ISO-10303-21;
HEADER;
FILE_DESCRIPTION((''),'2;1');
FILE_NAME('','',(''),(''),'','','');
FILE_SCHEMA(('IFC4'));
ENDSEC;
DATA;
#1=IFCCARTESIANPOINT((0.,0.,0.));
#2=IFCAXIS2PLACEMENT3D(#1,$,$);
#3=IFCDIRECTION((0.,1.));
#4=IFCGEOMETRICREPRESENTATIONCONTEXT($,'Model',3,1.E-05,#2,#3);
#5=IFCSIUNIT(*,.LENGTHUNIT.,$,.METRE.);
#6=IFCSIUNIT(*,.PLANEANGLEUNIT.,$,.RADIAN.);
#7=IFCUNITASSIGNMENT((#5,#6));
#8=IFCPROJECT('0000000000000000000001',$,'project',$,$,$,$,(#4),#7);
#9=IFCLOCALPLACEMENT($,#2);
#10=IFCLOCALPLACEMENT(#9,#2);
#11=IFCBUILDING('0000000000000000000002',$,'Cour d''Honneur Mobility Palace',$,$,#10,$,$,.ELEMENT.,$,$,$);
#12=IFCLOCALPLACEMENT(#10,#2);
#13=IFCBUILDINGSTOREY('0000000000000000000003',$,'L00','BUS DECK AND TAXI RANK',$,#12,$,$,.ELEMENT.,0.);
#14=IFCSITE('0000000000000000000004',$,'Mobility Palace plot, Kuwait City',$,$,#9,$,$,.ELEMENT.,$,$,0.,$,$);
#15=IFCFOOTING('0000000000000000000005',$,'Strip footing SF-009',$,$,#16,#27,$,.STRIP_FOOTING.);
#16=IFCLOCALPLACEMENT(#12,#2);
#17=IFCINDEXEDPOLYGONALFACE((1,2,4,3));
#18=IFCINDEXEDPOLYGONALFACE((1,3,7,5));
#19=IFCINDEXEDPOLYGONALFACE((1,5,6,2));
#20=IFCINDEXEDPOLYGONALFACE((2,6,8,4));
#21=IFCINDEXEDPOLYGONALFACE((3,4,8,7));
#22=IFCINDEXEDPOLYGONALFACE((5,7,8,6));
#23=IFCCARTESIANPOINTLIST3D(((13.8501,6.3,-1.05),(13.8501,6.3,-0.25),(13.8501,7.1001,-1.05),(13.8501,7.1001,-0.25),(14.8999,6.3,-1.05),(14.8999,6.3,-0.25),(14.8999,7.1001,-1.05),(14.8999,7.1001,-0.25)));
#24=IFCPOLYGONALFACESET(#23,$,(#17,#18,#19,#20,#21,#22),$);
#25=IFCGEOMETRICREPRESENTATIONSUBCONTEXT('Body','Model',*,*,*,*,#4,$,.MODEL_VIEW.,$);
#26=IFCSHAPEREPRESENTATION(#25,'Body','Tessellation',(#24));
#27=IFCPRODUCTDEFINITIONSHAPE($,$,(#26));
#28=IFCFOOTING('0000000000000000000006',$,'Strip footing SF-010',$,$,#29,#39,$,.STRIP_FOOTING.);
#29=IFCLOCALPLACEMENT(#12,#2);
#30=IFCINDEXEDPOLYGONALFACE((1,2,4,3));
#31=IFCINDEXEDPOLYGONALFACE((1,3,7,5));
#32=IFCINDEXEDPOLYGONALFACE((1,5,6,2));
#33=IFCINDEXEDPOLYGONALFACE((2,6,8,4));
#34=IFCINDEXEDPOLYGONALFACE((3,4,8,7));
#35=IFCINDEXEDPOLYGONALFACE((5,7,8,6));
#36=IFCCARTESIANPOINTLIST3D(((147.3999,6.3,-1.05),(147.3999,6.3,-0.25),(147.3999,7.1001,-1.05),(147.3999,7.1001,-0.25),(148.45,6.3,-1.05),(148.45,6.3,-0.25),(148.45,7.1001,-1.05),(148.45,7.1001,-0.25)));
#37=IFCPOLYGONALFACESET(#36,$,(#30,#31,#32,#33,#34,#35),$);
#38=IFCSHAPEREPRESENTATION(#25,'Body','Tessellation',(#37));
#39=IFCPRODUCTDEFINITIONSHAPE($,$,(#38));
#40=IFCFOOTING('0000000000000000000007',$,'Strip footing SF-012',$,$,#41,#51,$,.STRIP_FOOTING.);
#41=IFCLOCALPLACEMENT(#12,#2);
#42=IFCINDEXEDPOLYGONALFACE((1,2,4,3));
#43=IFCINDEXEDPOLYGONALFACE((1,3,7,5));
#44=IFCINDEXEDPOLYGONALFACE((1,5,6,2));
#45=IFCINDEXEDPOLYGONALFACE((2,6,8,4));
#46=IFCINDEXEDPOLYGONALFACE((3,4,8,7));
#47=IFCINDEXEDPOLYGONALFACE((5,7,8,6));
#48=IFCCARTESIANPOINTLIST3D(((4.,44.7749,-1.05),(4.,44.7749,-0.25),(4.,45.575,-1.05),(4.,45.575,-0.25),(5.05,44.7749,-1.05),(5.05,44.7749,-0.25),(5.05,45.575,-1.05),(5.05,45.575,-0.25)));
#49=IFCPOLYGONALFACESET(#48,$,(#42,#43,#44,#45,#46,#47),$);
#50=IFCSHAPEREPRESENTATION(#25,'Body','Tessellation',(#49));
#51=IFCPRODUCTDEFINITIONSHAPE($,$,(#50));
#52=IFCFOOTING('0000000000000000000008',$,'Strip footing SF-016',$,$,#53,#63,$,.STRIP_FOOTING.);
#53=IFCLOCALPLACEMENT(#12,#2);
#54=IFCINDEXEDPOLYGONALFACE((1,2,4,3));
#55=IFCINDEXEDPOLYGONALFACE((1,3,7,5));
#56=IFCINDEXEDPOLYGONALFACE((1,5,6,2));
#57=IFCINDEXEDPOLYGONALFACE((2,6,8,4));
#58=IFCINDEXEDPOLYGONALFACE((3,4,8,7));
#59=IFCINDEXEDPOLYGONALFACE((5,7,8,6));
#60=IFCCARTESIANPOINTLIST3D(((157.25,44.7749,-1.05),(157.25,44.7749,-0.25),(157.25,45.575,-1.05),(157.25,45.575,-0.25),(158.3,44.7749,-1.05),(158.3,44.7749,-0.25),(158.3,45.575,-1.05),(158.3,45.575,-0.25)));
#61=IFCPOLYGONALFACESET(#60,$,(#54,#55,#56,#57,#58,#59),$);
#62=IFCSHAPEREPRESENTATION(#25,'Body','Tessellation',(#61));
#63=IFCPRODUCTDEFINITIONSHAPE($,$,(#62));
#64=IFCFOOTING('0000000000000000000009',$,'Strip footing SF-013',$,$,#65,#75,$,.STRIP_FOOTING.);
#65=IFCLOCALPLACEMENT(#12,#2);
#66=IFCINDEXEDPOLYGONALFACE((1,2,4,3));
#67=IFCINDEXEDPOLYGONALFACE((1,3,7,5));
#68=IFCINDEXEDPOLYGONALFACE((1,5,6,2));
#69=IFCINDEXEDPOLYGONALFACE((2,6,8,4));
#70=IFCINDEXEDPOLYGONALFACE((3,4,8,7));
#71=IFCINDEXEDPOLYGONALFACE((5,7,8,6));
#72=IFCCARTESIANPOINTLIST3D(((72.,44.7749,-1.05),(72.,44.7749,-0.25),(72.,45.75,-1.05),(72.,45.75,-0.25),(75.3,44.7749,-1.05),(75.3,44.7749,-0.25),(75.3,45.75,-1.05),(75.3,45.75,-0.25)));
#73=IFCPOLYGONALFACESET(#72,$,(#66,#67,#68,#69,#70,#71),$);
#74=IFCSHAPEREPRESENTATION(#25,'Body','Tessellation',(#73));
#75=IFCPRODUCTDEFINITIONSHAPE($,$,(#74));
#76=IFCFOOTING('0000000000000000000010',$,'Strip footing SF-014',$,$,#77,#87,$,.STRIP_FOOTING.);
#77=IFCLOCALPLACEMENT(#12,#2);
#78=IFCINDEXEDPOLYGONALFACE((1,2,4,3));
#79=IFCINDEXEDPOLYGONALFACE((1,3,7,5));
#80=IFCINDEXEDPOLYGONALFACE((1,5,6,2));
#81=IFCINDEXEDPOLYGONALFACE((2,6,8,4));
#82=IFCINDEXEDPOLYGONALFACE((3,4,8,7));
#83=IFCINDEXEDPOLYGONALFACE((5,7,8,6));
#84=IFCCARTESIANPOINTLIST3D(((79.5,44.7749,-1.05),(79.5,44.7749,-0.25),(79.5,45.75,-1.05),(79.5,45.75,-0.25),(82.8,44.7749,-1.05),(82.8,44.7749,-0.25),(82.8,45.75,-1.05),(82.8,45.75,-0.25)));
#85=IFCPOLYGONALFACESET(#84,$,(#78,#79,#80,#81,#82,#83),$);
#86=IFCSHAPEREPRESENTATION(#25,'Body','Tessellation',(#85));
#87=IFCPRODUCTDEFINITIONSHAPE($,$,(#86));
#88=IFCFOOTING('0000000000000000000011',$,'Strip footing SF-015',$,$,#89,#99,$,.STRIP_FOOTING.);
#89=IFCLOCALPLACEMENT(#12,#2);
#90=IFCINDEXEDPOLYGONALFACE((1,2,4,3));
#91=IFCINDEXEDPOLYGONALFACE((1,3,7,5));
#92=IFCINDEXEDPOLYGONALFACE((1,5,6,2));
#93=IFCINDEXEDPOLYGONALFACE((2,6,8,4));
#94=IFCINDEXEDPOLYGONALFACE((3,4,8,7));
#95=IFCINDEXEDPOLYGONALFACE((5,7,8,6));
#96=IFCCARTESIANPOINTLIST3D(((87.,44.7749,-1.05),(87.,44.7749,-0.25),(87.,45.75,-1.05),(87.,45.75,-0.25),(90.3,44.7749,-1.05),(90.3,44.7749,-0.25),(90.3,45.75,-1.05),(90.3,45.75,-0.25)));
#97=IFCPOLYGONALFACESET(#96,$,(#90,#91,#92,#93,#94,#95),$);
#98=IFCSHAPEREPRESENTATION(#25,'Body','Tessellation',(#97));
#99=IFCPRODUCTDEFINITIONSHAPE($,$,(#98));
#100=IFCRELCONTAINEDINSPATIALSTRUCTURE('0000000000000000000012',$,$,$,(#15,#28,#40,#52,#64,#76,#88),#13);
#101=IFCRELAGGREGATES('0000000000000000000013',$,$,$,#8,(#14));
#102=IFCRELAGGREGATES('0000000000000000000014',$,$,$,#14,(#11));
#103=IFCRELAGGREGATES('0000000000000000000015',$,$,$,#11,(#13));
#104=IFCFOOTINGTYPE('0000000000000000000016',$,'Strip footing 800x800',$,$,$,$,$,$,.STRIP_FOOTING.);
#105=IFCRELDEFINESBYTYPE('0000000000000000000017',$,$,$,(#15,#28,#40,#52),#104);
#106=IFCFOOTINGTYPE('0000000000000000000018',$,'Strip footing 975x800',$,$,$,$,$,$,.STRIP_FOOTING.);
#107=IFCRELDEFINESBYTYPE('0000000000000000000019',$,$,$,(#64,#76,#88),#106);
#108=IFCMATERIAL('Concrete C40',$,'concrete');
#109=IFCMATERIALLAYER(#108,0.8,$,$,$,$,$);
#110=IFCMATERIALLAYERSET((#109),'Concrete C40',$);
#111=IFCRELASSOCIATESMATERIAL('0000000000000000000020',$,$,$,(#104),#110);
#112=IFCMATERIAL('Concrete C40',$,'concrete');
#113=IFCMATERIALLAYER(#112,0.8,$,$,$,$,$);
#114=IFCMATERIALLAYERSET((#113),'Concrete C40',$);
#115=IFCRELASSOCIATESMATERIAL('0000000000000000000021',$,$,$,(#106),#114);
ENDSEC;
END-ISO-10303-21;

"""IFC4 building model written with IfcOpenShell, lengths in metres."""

from ifc_helpers import new_model, si_unit, direction, frame, origin, place, context, subcontext, project, spatial, polyline, outline, extrude, material, layer, layer_set, type_object, element, save


model = new_model("IFC4")

# Units and contexts
model_context = context("Model", 3, precision=1e-05, world=origin(), true_north=direction((0.0, 1.0)))
body_context = subcontext(model_context, "Body", "Model", "MODEL_VIEW")
ifc_project = project(units=[si_unit("LENGTHUNIT", "METRE"), si_unit("PLANEANGLEUNIT", "RADIAN")], contexts=[model_context])

# Site, building, storey
site_placement = place(None, origin())
site = spatial("IfcSite", under=ifc_project, at=site_placement, Name="Mobility Palace plot, Kuwait City", CompositionType="ELEMENT", RefElevation=0.0)
building_placement = place(site_placement, origin())
building = spatial("IfcBuilding", under=site, at=building_placement, Name="Cour d'Honneur Mobility Palace", CompositionType="ELEMENT")
storey_placement = place(building_placement, origin())
storey = spatial("IfcBuildingStorey", under=building, at=storey_placement, Name="L00", Description="BUS DECK AND TAXI RANK", CompositionType="ELEMENT", Elevation=0.0)

# Footings
ifc_material_1 = material(Name="Concrete C40", Category="concrete")
ifc_layer_1 = layer(ifc_material_1, 0.8)
ifc_layer_set_1 = layer_set([ifc_layer_1], Name="Concrete C40")
footing_type_1 = type_object("IfcFootingType", Name="Strip footing 800x800", PredefinedType="STRIP_FOOTING", material=ifc_layer_set_1)
footing_1_placement = place(storey_placement, frame((0.0, 0.0, -1.05)))
element("IfcFooting", 1, at=footing_1_placement, inside=storey, type_object=footing_type_1, Name="Strip footing SF-009", PredefinedType="STRIP_FOOTING", context=body_context, shape_type="SweptSolid", body=[
    extrude(outline(polyline([(13.8501, 6.3), (14.8999, 6.3), (14.8999, 7.1001), (13.8501, 7.1001), (13.8501, 6.3)])), origin(), (0.0, 0.0, 1.0), 0.8),
])
footing_2_placement = place(storey_placement, frame((0.0, 0.0, -1.05)))
element("IfcFooting", 2, at=footing_2_placement, inside=storey, type_object=footing_type_1, Name="Strip footing SF-010", PredefinedType="STRIP_FOOTING", context=body_context, shape_type="SweptSolid", body=[
    extrude(outline(polyline([(147.3999, 6.3), (148.45, 6.3), (148.45, 7.1001), (147.3999, 7.1001), (147.3999, 6.3)])), origin(), (0.0, 0.0, 1.0), 0.8),
])
footing_3_placement = place(storey_placement, frame((0.0, 0.0, -1.05)))
element("IfcFooting", 3, at=footing_3_placement, inside=storey, type_object=footing_type_1, Name="Strip footing SF-012", PredefinedType="STRIP_FOOTING", context=body_context, shape_type="SweptSolid", body=[
    extrude(outline(polyline([(4.0, 44.7749), (5.05, 44.7749), (5.05, 45.575), (4.0, 45.575), (4.0, 44.7749)])), origin(), (0.0, 0.0, 1.0), 0.8),
])
footing_4_placement = place(storey_placement, frame((0.0, 0.0, -1.05)))
element("IfcFooting", 4, at=footing_4_placement, inside=storey, type_object=footing_type_1, Name="Strip footing SF-016", PredefinedType="STRIP_FOOTING", context=body_context, shape_type="SweptSolid", body=[
    extrude(outline(polyline([(157.25, 44.7749), (158.3, 44.7749), (158.3, 45.575), (157.25, 45.575), (157.25, 44.7749)])), origin(), (0.0, 0.0, 1.0), 0.8),
])
ifc_material_2 = material(Name="Concrete C40", Category="concrete")
ifc_layer_2 = layer(ifc_material_2, 0.8)
ifc_layer_set_2 = layer_set([ifc_layer_2], Name="Concrete C40")
footing_type_2 = type_object("IfcFootingType", Name="Strip footing 975x800", PredefinedType="STRIP_FOOTING", material=ifc_layer_set_2)
footing_5_placement = place(storey_placement, frame((0.0, 0.0, -1.05)))
element("IfcFooting", 5, at=footing_5_placement, inside=storey, type_object=footing_type_2, Name="Strip footing SF-013", PredefinedType="STRIP_FOOTING", context=body_context, shape_type="SweptSolid", body=[
    extrude(outline(polyline([(72.0, 44.7749), (75.3, 44.7749), (75.3, 45.75), (72.0, 45.75), (72.0, 44.7749)])), origin(), (0.0, 0.0, 1.0), 0.8),
])
footing_6_placement = place(storey_placement, frame((0.0, 0.0, -1.05)))
element("IfcFooting", 6, at=footing_6_placement, inside=storey, type_object=footing_type_2, Name="Strip footing SF-014", PredefinedType="STRIP_FOOTING", context=body_context, shape_type="SweptSolid", body=[
    extrude(outline(polyline([(79.5, 44.7749), (82.8, 44.7749), (82.8, 45.75), (79.5, 45.75), (79.5, 44.7749)])), origin(), (0.0, 0.0, 1.0), 0.8),
])
footing_7_placement = place(storey_placement, frame((0.0, 0.0, -1.05)))
element("IfcFooting", 7, at=footing_7_placement, inside=storey, type_object=footing_type_2, Name="Strip footing SF-015", PredefinedType="STRIP_FOOTING", context=body_context, shape_type="SweptSolid", body=[
    extrude(outline(polyline([(87.0, 44.7749), (90.3, 44.7749), (90.3, 45.75), (87.0, 45.75), (87.0, 44.7749)])), origin(), (0.0, 0.0, 1.0), 0.8),
])

save(model, "model.ifc")
